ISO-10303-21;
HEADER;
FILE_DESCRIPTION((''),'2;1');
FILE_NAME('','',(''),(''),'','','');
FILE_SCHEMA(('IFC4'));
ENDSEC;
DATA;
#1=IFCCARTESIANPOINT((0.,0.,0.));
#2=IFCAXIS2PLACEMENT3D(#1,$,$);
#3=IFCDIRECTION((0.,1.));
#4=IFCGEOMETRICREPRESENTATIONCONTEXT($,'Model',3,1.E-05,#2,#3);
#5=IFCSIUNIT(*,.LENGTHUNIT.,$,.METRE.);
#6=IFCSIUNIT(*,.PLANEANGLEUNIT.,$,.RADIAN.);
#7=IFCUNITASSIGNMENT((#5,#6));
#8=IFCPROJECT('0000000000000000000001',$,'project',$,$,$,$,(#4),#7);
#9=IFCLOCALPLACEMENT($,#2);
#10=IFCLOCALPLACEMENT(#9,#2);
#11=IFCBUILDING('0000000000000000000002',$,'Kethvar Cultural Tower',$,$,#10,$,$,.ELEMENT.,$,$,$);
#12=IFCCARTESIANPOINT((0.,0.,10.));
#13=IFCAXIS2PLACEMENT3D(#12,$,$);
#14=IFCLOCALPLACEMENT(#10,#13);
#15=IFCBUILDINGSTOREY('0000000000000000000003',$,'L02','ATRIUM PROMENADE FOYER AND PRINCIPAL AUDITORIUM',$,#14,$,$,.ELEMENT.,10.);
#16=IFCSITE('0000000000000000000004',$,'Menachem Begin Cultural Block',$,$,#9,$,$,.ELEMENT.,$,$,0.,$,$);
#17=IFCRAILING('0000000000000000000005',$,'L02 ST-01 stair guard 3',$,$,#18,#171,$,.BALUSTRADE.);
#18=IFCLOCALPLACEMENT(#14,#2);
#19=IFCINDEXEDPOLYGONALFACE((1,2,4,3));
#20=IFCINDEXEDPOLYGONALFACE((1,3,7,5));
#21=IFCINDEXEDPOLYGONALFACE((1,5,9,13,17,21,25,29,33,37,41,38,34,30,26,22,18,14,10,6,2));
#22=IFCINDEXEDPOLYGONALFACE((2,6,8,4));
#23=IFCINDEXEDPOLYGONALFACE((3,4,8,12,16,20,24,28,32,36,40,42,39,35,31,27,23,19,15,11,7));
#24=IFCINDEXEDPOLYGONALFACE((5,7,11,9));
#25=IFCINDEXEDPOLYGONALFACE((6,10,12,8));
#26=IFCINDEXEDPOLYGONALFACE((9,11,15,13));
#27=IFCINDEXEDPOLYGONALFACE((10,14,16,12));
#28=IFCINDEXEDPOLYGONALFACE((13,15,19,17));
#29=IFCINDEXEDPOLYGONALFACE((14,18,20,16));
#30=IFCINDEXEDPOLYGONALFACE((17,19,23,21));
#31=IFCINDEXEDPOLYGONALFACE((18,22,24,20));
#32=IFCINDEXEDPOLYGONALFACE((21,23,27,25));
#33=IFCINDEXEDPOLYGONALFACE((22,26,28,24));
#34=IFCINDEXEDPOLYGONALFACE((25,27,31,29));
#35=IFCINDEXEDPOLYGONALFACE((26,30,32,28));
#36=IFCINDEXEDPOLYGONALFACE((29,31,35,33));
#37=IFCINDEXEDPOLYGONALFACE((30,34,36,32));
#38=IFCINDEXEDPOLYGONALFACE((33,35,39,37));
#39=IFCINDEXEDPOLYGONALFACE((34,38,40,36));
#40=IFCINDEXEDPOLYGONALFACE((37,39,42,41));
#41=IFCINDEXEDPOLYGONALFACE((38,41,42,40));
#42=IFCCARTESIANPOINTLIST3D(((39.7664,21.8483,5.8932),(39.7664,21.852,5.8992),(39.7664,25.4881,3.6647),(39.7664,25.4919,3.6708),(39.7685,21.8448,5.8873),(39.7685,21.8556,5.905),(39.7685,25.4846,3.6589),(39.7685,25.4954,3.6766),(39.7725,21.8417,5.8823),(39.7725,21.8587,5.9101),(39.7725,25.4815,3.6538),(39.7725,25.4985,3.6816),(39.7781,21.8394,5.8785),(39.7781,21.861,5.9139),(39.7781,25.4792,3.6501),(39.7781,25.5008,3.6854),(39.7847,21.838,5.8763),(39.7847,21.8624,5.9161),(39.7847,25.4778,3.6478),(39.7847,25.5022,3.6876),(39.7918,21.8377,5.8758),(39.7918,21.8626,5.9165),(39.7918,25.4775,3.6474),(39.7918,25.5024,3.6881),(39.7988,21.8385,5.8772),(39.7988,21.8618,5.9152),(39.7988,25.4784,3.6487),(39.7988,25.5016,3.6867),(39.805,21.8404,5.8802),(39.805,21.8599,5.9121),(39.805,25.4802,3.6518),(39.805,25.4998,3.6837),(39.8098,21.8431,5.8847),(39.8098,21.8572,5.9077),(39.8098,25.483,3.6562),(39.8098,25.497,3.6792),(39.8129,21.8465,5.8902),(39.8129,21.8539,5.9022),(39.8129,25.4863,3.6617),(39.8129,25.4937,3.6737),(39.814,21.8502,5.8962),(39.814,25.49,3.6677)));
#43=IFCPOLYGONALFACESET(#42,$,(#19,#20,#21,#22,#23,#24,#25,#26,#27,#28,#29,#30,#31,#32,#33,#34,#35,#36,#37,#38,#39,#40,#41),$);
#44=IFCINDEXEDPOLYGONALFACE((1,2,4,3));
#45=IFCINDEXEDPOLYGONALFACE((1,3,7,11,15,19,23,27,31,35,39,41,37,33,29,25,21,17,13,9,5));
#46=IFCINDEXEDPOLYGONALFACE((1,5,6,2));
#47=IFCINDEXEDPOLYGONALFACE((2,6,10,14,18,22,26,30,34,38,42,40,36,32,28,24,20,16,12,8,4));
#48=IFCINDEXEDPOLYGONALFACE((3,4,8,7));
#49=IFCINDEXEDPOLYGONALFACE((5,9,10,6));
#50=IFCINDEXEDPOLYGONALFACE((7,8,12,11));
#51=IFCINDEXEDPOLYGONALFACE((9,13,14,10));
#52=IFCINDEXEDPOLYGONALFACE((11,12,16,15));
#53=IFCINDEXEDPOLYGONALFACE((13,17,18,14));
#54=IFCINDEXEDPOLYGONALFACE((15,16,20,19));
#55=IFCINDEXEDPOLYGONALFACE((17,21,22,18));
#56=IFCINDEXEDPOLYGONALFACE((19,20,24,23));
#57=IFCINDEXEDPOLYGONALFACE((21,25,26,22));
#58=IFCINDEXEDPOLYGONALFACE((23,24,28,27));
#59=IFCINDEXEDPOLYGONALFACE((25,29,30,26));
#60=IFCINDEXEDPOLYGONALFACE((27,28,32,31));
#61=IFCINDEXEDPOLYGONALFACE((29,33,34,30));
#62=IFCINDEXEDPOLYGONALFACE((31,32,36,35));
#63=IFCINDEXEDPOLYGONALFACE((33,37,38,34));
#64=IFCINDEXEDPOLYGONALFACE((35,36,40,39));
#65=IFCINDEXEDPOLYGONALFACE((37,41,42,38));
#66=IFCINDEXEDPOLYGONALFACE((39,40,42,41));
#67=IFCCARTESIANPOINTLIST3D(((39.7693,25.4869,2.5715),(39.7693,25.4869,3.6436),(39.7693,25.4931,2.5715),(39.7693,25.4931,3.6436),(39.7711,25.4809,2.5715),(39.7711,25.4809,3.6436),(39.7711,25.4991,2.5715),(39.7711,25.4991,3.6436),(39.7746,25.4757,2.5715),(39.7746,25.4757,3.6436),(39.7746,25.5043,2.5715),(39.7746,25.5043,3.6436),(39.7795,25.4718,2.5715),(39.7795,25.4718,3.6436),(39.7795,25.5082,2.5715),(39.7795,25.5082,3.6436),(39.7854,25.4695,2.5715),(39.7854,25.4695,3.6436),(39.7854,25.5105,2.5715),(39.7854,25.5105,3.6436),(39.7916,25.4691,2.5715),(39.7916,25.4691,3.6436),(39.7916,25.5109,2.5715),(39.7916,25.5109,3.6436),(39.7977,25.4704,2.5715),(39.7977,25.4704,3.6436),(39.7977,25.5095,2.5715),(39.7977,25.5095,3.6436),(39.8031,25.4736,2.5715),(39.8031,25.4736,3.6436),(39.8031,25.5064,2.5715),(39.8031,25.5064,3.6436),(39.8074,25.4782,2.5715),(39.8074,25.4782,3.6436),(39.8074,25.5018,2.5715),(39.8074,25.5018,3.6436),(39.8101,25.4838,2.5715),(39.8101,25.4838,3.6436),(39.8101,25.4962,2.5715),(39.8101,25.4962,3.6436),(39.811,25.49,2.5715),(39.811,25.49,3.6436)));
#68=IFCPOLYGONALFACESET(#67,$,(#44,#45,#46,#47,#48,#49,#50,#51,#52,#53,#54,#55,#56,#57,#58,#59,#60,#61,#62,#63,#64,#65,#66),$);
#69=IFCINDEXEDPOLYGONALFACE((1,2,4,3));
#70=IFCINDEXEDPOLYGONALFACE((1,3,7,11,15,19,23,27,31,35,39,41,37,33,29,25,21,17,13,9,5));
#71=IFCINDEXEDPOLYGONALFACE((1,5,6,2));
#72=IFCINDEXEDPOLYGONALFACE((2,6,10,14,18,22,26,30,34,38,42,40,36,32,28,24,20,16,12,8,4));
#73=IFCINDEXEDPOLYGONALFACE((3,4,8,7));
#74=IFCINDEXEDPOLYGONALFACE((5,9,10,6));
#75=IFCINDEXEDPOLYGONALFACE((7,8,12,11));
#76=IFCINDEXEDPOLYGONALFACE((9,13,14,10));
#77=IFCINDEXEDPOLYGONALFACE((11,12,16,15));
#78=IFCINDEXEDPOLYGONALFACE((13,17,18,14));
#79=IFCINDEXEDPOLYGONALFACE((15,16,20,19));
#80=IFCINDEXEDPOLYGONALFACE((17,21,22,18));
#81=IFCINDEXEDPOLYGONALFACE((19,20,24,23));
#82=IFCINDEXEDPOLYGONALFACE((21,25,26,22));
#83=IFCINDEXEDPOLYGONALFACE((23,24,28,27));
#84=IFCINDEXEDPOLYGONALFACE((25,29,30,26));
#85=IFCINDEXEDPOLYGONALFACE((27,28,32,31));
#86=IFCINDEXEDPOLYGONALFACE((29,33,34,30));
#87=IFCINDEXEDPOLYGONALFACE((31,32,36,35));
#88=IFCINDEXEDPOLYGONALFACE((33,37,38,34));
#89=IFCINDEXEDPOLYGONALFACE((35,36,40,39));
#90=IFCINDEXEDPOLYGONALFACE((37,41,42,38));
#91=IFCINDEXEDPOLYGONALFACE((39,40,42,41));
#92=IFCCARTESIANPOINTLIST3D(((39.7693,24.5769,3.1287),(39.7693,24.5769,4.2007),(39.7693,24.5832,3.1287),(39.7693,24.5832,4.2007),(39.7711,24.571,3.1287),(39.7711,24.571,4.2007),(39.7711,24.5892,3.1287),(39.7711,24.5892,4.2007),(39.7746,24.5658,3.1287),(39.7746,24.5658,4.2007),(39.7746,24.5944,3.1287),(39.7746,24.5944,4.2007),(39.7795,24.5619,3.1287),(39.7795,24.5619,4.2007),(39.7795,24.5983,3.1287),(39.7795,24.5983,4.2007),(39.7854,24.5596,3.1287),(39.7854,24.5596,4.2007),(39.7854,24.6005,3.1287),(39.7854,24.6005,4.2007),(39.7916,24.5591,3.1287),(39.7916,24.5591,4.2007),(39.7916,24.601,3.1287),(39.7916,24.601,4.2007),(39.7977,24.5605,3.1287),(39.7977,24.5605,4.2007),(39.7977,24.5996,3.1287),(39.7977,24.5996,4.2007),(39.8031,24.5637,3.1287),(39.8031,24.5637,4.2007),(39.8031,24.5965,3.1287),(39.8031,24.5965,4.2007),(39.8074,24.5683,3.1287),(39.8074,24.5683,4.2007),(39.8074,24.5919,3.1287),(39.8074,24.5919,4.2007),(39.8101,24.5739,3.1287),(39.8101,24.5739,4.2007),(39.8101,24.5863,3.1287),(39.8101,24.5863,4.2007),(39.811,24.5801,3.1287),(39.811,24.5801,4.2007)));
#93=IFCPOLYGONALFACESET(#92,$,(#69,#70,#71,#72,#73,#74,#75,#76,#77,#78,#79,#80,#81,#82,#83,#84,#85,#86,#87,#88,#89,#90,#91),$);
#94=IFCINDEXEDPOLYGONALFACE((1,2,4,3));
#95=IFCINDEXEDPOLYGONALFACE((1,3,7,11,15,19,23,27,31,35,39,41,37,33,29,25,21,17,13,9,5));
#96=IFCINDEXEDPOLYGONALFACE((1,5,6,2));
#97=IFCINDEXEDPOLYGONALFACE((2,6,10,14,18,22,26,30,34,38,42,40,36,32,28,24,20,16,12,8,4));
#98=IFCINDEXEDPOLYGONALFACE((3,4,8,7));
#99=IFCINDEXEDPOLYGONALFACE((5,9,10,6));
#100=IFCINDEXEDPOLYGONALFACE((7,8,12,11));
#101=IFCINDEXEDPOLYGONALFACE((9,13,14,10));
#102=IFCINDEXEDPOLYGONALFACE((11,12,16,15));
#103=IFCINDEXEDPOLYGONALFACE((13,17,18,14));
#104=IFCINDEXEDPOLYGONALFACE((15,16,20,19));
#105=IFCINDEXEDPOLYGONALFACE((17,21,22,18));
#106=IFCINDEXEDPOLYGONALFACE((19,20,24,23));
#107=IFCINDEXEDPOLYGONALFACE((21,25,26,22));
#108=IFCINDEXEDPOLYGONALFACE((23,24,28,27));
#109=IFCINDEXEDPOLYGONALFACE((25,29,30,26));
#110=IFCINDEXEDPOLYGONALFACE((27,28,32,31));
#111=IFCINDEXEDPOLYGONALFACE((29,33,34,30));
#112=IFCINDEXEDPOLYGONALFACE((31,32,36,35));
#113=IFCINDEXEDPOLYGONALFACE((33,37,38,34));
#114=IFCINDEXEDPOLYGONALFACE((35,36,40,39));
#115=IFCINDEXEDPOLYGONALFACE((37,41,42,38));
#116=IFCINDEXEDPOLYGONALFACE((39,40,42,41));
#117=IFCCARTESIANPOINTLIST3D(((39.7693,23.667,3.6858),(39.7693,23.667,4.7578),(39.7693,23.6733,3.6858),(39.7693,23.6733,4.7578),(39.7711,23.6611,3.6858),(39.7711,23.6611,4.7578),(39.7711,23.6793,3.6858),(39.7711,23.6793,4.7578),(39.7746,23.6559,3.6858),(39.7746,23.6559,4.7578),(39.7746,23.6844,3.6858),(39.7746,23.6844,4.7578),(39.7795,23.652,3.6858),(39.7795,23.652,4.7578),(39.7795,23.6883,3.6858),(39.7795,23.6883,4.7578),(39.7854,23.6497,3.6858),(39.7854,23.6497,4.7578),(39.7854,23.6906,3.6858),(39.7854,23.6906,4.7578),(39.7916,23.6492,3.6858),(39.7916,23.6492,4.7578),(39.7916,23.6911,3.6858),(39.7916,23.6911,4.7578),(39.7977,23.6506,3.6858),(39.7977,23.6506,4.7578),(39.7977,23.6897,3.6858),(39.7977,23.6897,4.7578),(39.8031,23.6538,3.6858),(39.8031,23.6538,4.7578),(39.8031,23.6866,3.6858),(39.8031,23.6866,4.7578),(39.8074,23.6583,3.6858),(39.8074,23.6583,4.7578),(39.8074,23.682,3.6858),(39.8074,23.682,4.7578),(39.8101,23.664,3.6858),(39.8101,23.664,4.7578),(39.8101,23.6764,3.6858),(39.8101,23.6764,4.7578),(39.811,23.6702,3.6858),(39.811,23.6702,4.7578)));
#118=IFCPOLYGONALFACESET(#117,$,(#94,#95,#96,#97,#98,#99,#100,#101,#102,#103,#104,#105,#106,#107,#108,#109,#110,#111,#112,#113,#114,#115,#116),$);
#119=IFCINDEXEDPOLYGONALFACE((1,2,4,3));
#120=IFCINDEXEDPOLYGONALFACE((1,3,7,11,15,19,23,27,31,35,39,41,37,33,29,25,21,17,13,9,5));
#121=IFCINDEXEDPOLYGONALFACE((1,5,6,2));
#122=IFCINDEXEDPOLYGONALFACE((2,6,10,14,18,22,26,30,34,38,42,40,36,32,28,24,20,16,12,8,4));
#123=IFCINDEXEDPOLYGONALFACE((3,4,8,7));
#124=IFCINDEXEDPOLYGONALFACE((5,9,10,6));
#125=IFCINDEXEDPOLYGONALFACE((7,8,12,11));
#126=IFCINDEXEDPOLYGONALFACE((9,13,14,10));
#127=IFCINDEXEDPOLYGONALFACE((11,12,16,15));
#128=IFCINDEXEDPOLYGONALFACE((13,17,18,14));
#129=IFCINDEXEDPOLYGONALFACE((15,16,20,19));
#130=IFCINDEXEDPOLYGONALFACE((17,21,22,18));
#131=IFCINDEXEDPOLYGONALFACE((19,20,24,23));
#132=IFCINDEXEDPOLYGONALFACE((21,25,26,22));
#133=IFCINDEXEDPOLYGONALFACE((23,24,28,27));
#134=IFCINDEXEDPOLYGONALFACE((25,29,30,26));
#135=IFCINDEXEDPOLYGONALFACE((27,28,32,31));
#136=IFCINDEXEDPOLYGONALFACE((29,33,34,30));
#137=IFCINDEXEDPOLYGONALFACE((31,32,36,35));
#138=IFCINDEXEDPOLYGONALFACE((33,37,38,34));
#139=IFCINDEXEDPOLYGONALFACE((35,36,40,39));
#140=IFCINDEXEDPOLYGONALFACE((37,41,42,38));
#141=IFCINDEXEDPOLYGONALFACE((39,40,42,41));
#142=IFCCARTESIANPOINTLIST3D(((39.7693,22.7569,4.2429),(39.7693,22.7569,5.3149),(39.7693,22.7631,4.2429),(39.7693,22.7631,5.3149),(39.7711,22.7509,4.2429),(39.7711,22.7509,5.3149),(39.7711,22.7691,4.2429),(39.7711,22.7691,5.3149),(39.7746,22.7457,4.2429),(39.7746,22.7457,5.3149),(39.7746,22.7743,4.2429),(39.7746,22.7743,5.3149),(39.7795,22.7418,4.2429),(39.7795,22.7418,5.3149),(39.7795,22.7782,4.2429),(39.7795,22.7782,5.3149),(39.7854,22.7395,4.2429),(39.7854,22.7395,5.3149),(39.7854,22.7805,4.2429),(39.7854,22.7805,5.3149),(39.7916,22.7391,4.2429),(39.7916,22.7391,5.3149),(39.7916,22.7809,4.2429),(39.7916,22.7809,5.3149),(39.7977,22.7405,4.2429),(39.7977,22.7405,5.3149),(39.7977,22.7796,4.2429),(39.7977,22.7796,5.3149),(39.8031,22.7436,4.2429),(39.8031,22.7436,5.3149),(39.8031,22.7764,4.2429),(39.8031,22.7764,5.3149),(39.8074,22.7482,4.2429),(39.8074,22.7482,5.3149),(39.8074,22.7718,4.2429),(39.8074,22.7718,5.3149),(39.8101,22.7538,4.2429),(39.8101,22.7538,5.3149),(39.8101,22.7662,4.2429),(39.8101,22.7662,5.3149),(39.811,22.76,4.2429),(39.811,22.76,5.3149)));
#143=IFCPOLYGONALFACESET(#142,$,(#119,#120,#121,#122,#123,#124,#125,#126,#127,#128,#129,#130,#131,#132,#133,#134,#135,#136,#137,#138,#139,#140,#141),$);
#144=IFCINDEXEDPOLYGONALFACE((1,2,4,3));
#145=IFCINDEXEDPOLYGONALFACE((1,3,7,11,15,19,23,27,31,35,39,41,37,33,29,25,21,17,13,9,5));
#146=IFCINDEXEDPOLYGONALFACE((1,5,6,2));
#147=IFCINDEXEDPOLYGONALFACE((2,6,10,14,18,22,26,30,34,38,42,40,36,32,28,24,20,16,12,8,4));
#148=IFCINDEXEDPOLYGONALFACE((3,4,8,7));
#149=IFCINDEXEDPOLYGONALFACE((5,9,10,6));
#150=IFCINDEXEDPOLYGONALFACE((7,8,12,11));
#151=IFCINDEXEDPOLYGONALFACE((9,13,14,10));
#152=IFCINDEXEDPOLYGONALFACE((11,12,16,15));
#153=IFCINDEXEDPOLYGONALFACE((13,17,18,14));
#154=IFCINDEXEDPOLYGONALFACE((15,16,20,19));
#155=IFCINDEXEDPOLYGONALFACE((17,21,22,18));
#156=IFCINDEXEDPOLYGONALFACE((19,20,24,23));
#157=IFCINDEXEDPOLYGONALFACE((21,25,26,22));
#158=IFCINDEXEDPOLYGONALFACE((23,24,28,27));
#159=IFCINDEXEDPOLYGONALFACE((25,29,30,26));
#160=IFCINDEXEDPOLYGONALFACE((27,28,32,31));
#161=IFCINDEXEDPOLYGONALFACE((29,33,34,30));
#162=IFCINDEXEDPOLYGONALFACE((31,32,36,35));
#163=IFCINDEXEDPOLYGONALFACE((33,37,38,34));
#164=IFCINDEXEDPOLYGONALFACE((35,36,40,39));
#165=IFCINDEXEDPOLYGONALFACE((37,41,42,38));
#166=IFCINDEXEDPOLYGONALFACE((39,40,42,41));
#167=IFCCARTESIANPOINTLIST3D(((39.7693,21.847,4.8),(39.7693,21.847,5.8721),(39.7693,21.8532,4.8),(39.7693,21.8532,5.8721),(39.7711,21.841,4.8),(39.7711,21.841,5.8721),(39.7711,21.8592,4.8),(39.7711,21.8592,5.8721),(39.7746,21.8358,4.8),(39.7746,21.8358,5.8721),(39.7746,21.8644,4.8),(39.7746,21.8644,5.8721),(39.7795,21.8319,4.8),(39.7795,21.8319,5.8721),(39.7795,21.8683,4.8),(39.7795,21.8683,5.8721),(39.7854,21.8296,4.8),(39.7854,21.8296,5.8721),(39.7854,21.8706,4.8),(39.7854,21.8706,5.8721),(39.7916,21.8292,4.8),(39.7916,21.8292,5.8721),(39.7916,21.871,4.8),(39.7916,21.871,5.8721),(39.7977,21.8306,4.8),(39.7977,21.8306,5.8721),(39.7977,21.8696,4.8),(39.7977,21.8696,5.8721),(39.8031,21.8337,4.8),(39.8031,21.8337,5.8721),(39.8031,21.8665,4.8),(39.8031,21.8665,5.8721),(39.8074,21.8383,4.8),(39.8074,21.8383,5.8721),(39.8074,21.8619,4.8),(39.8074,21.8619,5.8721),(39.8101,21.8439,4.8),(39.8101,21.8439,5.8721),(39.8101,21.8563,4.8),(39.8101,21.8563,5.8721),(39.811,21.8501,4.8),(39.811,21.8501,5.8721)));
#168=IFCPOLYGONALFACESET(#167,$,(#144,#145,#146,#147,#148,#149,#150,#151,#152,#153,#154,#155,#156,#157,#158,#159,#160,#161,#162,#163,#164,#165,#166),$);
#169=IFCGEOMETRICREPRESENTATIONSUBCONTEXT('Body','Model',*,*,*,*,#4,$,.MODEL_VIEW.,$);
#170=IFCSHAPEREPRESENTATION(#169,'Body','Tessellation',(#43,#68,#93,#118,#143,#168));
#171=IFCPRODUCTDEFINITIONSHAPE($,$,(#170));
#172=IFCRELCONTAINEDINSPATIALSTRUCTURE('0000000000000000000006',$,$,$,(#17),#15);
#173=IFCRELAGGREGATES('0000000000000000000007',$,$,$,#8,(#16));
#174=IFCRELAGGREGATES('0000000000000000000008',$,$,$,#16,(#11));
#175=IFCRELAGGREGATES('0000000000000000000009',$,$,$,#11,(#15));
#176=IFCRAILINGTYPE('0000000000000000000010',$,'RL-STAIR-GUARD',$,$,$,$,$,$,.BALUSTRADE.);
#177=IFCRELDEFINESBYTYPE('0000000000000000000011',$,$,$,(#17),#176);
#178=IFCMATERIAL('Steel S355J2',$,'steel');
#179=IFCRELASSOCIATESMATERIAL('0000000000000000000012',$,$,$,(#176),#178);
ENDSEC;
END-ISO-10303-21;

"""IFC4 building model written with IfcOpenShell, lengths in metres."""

from ifc_helpers import new_model, si_unit, direction, frame, origin, origin_2d, place, context, subcontext, project, spatial, circle, extrude, material, type_object, element, save


model = new_model("IFC4")

# Units and contexts
model_context = context("Model", 3, precision=1e-05, world=origin(), true_north=direction((0.0, 1.0)))
body_context = subcontext(model_context, "Body", "Model", "MODEL_VIEW")
ifc_project = project(units=[si_unit("LENGTHUNIT", "METRE"), si_unit("PLANEANGLEUNIT", "RADIAN")], contexts=[model_context])

# Site, building, storey
site_placement = place(None, origin())
site = spatial("IfcSite", under=ifc_project, at=site_placement, Name="Menachem Begin Cultural Block", CompositionType="ELEMENT", RefElevation=0.0)
building_placement = place(site_placement, origin())
building = spatial("IfcBuilding", under=site, at=building_placement, Name="Kethvar Cultural Tower", CompositionType="ELEMENT")
storey_placement = place(building_placement, frame((0.0, 0.0, 10.0)))
storey = spatial("IfcBuildingStorey", under=building, at=storey_placement, Name="L02", Description="ATRIUM PROMENADE FOYER AND PRINCIPAL AUDITORIUM", CompositionType="ELEMENT", Elevation=10.0)

# Shared definitions
ifc_material_1 = material(Name="Steel S355J2", Category="steel")

# Railing
railing_type_1 = type_object("IfcRailingType", Name="RL-STAIR-GUARD", PredefinedType="BALUSTRADE", material=ifc_material_1)
railing_1_placement = place(storey_placement, frame((39.79, 25.49, 2.5715)))
element("IfcRailing", 1, at=railing_1_placement, inside=storey, type_object=railing_type_1, Name="L02 ST-01 stair guard 3", PredefinedType="BALUSTRADE", context=body_context, shape_type="SweptSolid", body=[
    extrude(circle(Radius=0.0239, at=origin_2d()), frame((0.0, 0.0, 1.0962), z_axis=(0.0, -0.85285, 0.522156), x_axis=(1.0, 0.0, 0.0)), (0.0, 0.0, 1.0), 4.2678),
    extrude(circle(Radius=0.021, at=origin_2d()), origin(), (0.0, 0.0, 1.0), 1.072),
    extrude(circle(Radius=0.021, at=origin_2d()), frame((0.0, -0.9099, 0.5571)), (0.0, 0.0, 1.0), 1.072),
    extrude(circle(Radius=0.021, at=origin_2d()), frame((0.0, -1.8198, 1.1143)), (0.0, 0.0, 1.0), 1.072),
    extrude(circle(Radius=0.021, at=origin_2d()), frame((0.0, -2.73, 1.6714)), (0.0, 0.0, 1.0), 1.072),
    extrude(circle(Radius=0.021, at=origin_2d()), frame((0.0, -3.6399, 2.2285)), (0.0, 0.0, 1.0), 1.072),
])

save(model, "model.ifc")
